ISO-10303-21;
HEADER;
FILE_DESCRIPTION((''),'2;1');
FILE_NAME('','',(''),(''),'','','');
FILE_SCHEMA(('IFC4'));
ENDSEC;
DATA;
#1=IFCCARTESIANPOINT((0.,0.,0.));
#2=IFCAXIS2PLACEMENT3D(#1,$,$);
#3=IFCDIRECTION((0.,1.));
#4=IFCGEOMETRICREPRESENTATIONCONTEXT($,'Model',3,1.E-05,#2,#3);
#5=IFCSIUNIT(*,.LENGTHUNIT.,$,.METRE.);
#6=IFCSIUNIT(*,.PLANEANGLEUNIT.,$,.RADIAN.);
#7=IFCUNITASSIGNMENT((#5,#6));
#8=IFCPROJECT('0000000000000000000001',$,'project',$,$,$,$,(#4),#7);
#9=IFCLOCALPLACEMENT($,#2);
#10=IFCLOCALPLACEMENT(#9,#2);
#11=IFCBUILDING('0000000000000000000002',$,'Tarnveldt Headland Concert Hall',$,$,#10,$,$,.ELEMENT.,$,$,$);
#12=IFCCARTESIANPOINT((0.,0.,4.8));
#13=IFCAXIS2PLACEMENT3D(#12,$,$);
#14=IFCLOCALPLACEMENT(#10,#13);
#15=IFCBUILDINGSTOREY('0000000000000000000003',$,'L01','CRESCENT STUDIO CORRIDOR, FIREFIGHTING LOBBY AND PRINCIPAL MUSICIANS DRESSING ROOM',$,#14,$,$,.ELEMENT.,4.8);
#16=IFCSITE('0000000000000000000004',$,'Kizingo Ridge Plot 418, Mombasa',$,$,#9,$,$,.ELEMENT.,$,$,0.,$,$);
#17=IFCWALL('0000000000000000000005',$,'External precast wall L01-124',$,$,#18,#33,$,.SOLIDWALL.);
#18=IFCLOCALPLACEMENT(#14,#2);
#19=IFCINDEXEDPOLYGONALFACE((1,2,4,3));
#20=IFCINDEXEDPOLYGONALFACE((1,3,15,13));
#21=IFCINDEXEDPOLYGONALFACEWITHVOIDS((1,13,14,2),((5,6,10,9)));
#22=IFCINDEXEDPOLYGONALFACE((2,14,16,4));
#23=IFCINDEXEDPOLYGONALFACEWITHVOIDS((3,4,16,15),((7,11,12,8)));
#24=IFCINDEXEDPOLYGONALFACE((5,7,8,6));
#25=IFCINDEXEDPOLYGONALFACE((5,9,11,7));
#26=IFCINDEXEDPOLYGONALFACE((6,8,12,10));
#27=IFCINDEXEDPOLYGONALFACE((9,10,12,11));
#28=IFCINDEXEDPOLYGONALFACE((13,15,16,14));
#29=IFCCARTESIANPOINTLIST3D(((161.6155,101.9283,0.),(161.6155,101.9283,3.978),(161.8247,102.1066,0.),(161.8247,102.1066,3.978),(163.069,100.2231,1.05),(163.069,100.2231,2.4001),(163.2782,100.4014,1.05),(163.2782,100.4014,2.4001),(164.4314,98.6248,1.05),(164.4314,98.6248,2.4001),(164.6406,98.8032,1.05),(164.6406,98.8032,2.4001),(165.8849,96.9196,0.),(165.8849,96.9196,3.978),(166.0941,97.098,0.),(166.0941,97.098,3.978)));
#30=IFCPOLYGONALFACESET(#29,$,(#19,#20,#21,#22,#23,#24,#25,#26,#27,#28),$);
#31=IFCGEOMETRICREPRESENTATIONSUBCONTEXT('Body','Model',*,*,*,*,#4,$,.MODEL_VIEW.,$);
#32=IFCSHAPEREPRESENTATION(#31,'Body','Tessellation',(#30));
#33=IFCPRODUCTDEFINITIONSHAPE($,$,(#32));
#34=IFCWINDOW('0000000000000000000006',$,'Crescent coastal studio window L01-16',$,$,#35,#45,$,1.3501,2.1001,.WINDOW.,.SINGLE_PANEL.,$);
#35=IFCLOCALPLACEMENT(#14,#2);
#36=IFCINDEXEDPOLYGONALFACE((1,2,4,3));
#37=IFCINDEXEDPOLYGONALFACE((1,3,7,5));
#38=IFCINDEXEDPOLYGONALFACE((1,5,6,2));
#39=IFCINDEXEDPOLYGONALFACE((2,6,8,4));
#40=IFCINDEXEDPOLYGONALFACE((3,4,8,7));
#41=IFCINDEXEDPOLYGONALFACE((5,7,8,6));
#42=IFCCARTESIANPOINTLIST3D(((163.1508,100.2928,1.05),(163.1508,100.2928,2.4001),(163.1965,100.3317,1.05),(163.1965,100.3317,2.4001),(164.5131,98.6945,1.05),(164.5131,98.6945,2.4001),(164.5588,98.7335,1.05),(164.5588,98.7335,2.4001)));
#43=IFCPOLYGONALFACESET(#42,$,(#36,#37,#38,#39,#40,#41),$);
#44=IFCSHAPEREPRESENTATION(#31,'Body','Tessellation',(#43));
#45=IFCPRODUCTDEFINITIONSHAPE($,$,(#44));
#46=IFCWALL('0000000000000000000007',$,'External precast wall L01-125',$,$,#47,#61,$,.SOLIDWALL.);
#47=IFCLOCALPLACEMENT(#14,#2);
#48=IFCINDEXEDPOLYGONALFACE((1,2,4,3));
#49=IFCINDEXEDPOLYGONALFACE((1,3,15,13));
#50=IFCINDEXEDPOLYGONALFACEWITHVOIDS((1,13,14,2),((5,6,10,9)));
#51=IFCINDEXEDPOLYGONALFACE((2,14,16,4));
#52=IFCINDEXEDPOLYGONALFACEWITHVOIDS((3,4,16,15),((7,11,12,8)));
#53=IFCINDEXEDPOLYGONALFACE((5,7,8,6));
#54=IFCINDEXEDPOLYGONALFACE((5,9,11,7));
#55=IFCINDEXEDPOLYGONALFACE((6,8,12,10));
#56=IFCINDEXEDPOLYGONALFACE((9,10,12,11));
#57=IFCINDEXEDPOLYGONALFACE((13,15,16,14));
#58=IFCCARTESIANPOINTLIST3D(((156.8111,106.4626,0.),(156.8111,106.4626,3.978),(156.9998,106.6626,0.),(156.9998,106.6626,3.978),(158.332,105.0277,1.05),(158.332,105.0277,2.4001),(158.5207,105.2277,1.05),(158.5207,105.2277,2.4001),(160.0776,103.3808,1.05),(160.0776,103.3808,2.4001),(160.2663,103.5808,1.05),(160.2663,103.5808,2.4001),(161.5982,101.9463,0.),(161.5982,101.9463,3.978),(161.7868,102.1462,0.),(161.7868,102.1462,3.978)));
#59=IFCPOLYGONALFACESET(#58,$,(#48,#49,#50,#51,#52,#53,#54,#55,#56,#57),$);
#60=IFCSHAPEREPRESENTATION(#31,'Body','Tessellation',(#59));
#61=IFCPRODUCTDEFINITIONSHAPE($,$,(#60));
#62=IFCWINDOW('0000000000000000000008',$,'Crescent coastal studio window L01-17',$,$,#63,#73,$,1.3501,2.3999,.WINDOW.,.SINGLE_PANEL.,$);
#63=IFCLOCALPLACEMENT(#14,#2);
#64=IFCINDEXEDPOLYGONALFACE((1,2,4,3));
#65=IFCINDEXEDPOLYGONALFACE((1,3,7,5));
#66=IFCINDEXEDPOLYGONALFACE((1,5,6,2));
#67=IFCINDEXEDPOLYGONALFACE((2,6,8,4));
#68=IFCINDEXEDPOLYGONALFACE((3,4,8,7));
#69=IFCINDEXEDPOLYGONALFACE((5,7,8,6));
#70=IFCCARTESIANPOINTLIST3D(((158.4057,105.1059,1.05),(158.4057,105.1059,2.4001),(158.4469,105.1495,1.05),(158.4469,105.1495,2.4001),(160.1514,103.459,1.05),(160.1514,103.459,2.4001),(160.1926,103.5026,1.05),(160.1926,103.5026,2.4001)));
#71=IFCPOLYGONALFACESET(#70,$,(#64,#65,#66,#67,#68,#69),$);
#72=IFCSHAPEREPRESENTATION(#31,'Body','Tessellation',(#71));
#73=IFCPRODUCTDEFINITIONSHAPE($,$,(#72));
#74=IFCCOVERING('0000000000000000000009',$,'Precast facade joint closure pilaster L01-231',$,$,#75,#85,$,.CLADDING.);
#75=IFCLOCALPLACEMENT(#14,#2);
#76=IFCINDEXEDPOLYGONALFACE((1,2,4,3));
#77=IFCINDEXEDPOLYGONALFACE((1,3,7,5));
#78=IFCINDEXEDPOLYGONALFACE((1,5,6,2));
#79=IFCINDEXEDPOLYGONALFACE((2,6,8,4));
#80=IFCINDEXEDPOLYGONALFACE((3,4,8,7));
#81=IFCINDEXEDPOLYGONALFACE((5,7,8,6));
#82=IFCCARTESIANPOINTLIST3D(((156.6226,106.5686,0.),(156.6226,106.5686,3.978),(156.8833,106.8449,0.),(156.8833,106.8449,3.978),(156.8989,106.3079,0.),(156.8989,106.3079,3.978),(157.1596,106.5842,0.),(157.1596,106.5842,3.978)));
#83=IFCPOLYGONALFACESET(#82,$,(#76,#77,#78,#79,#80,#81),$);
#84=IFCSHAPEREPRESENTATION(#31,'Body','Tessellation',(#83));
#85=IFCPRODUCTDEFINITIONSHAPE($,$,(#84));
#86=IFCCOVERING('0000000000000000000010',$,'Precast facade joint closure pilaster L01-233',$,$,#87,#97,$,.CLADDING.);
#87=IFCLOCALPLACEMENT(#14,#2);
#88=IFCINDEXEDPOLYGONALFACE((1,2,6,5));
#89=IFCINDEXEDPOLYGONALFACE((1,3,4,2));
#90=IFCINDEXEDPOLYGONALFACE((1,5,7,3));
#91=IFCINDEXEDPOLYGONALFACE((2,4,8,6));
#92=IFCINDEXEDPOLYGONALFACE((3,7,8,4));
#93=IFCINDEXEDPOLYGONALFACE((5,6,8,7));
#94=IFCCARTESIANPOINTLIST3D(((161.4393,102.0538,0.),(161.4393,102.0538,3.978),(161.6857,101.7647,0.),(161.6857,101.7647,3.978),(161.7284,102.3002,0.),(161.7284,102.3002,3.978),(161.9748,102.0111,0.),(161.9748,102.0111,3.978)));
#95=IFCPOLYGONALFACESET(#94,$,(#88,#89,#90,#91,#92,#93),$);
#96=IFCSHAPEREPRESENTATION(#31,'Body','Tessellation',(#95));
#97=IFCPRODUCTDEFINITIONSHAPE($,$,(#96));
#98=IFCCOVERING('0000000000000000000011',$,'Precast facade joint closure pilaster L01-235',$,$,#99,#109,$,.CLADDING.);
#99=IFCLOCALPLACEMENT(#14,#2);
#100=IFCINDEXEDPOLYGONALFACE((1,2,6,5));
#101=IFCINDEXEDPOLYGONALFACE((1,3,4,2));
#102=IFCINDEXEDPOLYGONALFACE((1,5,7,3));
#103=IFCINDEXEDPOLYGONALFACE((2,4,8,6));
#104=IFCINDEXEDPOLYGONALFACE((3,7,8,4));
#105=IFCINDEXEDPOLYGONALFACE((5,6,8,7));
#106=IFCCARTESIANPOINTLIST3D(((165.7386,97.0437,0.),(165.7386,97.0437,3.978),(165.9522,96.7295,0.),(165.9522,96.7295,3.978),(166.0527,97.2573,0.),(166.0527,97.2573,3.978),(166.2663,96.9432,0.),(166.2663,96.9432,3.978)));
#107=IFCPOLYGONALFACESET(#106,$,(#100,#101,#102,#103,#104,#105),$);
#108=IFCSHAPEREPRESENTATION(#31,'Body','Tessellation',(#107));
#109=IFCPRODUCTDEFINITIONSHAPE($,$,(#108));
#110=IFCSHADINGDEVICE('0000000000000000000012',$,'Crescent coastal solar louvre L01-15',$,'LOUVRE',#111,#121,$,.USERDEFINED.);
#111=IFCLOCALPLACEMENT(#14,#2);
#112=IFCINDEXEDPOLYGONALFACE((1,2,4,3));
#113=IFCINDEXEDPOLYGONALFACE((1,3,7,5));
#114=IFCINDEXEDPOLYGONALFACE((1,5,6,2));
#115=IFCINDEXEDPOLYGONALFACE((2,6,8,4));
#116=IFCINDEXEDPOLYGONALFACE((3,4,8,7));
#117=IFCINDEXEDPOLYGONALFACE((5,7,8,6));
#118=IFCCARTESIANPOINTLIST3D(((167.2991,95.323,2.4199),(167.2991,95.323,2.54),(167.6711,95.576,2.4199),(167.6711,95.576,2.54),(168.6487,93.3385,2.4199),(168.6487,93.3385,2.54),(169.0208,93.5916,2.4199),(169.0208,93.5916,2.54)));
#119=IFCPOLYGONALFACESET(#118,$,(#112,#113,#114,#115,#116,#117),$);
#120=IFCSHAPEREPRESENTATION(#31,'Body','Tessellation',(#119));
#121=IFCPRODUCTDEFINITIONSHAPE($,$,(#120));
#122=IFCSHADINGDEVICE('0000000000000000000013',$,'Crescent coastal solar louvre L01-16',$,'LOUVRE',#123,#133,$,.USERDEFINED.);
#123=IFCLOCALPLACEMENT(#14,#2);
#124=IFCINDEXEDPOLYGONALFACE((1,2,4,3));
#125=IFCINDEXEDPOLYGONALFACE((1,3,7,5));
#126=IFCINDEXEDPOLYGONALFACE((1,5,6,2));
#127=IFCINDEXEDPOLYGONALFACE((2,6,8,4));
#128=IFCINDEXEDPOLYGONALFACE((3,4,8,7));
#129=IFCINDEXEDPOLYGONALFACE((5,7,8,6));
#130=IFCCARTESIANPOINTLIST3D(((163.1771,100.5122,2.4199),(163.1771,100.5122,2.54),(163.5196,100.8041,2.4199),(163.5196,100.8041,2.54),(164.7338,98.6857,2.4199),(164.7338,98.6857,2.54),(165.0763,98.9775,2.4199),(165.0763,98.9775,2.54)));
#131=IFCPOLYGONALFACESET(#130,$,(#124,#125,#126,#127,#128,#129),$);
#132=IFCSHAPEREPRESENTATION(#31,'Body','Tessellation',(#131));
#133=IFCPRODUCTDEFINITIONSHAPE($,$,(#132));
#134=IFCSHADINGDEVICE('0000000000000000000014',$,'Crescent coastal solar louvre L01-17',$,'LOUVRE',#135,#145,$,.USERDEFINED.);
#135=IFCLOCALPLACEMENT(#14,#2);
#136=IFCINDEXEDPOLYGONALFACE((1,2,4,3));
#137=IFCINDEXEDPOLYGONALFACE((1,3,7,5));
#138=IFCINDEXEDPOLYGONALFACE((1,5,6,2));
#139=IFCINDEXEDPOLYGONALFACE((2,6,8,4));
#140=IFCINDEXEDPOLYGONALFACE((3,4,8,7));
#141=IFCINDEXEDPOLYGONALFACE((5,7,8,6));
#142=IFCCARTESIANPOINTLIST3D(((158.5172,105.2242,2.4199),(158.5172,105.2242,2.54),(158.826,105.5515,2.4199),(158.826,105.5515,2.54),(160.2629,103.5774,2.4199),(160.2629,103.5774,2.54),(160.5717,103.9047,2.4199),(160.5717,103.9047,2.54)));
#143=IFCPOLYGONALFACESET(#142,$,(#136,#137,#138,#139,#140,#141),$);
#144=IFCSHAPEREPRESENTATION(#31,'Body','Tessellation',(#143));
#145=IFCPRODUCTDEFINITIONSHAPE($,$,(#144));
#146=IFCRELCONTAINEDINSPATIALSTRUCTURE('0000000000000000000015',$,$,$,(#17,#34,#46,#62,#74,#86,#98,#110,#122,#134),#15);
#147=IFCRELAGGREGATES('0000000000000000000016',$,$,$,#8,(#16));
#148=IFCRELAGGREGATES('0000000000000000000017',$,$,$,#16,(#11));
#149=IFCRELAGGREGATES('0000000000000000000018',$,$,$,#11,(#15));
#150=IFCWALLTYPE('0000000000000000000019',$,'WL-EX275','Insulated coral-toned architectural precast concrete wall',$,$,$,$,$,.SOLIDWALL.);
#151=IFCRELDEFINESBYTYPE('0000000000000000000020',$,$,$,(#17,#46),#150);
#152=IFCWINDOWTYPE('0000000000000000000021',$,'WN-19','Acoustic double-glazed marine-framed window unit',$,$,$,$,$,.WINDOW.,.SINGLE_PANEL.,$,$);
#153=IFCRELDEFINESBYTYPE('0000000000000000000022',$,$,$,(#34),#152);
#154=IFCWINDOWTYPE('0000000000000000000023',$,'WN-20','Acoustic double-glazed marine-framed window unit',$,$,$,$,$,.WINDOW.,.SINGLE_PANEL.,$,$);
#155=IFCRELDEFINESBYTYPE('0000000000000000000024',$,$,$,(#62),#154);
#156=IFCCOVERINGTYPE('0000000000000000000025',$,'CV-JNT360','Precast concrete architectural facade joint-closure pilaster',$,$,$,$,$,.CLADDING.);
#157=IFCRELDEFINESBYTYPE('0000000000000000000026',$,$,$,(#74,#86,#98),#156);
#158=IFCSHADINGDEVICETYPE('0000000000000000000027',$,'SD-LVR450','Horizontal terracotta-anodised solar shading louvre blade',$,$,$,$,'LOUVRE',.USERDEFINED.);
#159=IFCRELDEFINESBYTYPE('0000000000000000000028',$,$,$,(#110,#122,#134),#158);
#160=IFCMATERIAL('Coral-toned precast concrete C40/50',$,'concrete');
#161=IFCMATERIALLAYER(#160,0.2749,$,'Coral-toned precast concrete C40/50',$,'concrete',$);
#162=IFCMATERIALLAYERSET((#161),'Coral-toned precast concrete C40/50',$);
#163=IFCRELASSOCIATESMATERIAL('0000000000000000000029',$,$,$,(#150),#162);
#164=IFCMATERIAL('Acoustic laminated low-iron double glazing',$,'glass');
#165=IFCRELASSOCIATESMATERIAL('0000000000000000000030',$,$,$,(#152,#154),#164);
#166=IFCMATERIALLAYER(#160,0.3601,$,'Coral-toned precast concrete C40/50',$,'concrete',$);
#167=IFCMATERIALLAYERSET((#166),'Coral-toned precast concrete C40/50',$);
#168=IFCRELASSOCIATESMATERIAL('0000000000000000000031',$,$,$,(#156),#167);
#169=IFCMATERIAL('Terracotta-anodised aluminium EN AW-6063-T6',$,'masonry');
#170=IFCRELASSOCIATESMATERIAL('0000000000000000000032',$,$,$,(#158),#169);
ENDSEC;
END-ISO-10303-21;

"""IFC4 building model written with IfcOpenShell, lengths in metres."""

from ifc_helpers import new_model, si_unit, direction, frame, frame_2d, origin, origin_2d, place, context, subcontext, project, spatial, rectangle, extrude, material, layer, layer_set, type_object, element, fill, save


model = new_model("IFC4")

# Units and contexts
model_context = context("Model", 3, precision=1e-05, world=origin(), true_north=direction((0.0, 1.0)))
body_context = subcontext(model_context, "Body", "Model", "MODEL_VIEW")
ifc_project = project(units=[si_unit("LENGTHUNIT", "METRE"), si_unit("PLANEANGLEUNIT", "RADIAN")], contexts=[model_context])

# Site, building, storey
site_placement = place(None, origin())
site = spatial("IfcSite", under=ifc_project, at=site_placement, Name="Kizingo Ridge Plot 418, Mombasa", CompositionType="ELEMENT", RefElevation=0.0)
building_placement = place(site_placement, origin())
building = spatial("IfcBuilding", under=site, at=building_placement, Name="Tarnveldt Headland Concert Hall", CompositionType="ELEMENT")
storey_placement = place(building_placement, frame((0.0, 0.0, 4.8)))
storey = spatial("IfcBuildingStorey", under=building, at=storey_placement, Name="L01", Description="CRESCENT STUDIO CORRIDOR, FIREFIGHTING LOBBY AND PRINCIPAL MUSICIANS DRESSING ROOM", CompositionType="ELEMENT", Elevation=4.8)

# Walls, openings, windows
ifc_material_1 = material(Name="Coral-toned precast concrete C40/50", Category="concrete")
ifc_layer_1 = layer(ifc_material_1, 0.2749, Name="Coral-toned precast concrete C40/50", Category="concrete")
ifc_layer_set_1 = layer_set([ifc_layer_1], Name="Coral-toned precast concrete C40/50")
wall_type_1 = type_object("IfcWallType", Name="WL-EX275", Description="Insulated coral-toned architectural precast concrete wall", PredefinedType="SOLIDWALL", material=ifc_layer_set_1)
ifc_material_2 = material(Name="Acoustic laminated low-iron double glazing", Category="glass")
wall_1_placement = place(storey_placement, frame((161.7202, 102.0173, 0.0), z_axis=(0.0, 0.0, 1.0), x_axis=(0.648708, -0.761037, 0.0)))
wall_1 = element("IfcWall", 1, at=wall_1_placement, inside=storey, type_object=wall_type_1, Name="External precast wall L01-124", PredefinedType="SOLIDWALL", context=body_context, shape_type="SweptSolid", body=[
    extrude(rectangle(XDim=6.5813, YDim=0.2749, at=frame_2d((3.2905, 0.0))), origin(), (0.0, 0.0, 1.0), 3.978),
])
opening_1_placement = place(wall_1_placement, frame((2.2405, 0.0, 1.05)))
opening_1 = element("IfcOpeningElement", 2, at=opening_1_placement, cuts=wall_1, PredefinedType="OPENING", context=body_context, shape_type="SweptSolid", body=[
    extrude(rectangle(XDim=2.1001, YDim=1.3501, at=frame_2d((1.05, 0.675))), frame((0.0, 0.1475, 0.0), z_axis=(0.0, -1.0, 0.0), x_axis=(1.0, 0.0, 0.0)), (0.0, 0.0, 1.0), 0.2949),
])
window_type_1 = type_object("IfcWindowType", Name="WN-19", Description="Acoustic double-glazed marine-framed window unit", PartitioningType="SINGLE_PANEL", PredefinedType="WINDOW", material=ifc_material_2)
window_1_placement = place(opening_1_placement, origin())
window_1 = element("IfcWindow", 3, at=window_1_placement, inside=storey, type_object=window_type_1, Name="Crescent coastal studio window L01-16", OverallHeight=1.3501, OverallWidth=2.1001, PartitioningType="SINGLE_PANEL", PredefinedType="WINDOW", context=body_context, shape_type="SweptSolid", body=[
    extrude(rectangle(XDim=2.1001, YDim=1.3501, at=frame_2d((1.05, 0.675))), frame((0.0, 0.03, 0.0), z_axis=(0.0, -1.0, 0.0), x_axis=(1.0, 0.0, 0.0)), (0.0, 0.0, 1.0), 0.0601),
])
fill(opening_1, window_1)
wall_2_placement = place(storey_placement, frame((156.9055, 106.5625, 0.0), z_axis=(0.0, 0.0, 1.0), x_axis=(0.727377, -0.686238, 0.0)))
wall_2 = element("IfcWall", 4, at=wall_2_placement, inside=storey, type_object=wall_type_1, Name="External precast wall L01-125", PredefinedType="SOLIDWALL", context=body_context, shape_type="SweptSolid", body=[
    extrude(rectangle(XDim=6.5813, YDim=0.2749, at=frame_2d((3.2905, 0.0))), origin(), (0.0, 0.0, 1.0), 3.978),
])
opening_2_placement = place(wall_2_placement, frame((2.0908, 0.0, 1.05)))
opening_2 = element("IfcOpeningElement", 5, at=opening_2_placement, cuts=wall_2, PredefinedType="OPENING", context=body_context, shape_type="SweptSolid", body=[
    extrude(rectangle(XDim=2.3999, YDim=1.3501, at=frame_2d((1.2, 0.675))), frame((0.0, 0.1475, 0.0), z_axis=(0.0, -1.0, 0.0), x_axis=(1.0, 0.0, 0.0)), (0.0, 0.0, 1.0), 0.2949),
])
window_type_2 = type_object("IfcWindowType", Name="WN-20", Description="Acoustic double-glazed marine-framed window unit", PartitioningType="SINGLE_PANEL", PredefinedType="WINDOW", material=ifc_material_2)
window_2_placement = place(opening_2_placement, origin())
window_2 = element("IfcWindow", 6, at=window_2_placement, inside=storey, type_object=window_type_2, Name="Crescent coastal studio window L01-17", OverallHeight=1.3501, OverallWidth=2.3999, PartitioningType="SINGLE_PANEL", PredefinedType="WINDOW", context=body_context, shape_type="SweptSolid", body=[
    extrude(rectangle(XDim=2.3999, YDim=1.3501, at=frame_2d((1.2, 0.675))), frame((0.0, 0.03, 0.0), z_axis=(0.0, -1.0, 0.0), x_axis=(1.0, 0.0, 0.0)), (0.0, 0.0, 1.0), 0.0601),
])
fill(opening_2, window_2)

# Coverings
ifc_layer_2 = layer(ifc_material_1, 0.3601, Name="Coral-toned precast concrete C40/50", Category="concrete")
ifc_layer_set_2 = layer_set([ifc_layer_2], Name="Coral-toned precast concrete C40/50")
covering_type = type_object("IfcCoveringType", Name="CV-JNT360", Description="Precast concrete architectural facade joint-closure pilaster", PredefinedType="CLADDING", material=ifc_layer_set_2)
for number, where, z_axis, x_axis, name in (
    (7, (156.8911, 106.5764, 0.0), (0.0, 0.0, 1.0), (0.727414, -0.686199, 0.0), "Precast facade joint closure pilaster L01-231"),
    (8, (161.707, 102.0325, 0.0), (0.0, 0.0, 1.0), (0.648651, -0.761086, 0.0), "Precast facade joint closure pilaster L01-233"),
    (9, (166.0024, 96.9934, 0.0), (0.0, 0.0, 1.0), (0.562372, -0.826884, 0.0), "Precast facade joint closure pilaster L01-235"),
):
    element("IfcCovering", number, at=place(storey_placement, frame(where, z_axis=z_axis, x_axis=x_axis)), inside=storey, type_object=covering_type, Name=name, PredefinedType="CLADDING", context=body_context, shape_type="SweptSolid", body=[
        extrude(rectangle(XDim=0.3799, YDim=0.3799, at=origin_2d()), origin(), (0.0, 0.0, 1.0), 3.978),
    ])

# Shading devices
ifc_material_3 = material(Name="Terracotta-anodised aluminium EN AW-6063-T6", Category="masonry")
shading_device_type = type_object("IfcShadingDeviceType", Name="SD-LVR450", Description="Horizontal terracotta-anodised solar shading louvre blade", ElementType="LOUVRE", PredefinedType="USERDEFINED", material=ifc_material_3)
for number, where, z_axis, x_axis, name in (
    (10, (168.1599, 94.4573, 2.4199), (0.0, 0.0, 1.0), (0.826884, 0.562372, 0.0), "Crescent coastal solar louvre L01-15"),
    (11, (164.1267, 99.7449, 2.4199), (0.0, 0.0, 1.0), (0.761086, 0.648651, 0.0), "Crescent coastal solar louvre L01-16"),
    (12, (159.5444, 104.5645, 2.4199), (0.0, 0.0, 1.0), (0.686199, 0.727414, 0.0), "Crescent coastal solar louvre L01-17"),
):
    element("IfcShadingDevice", number, at=place(storey_placement, frame(where, z_axis=z_axis, x_axis=x_axis)), inside=storey, type_object=shading_device_type, Name=name, ObjectType="LOUVRE", PredefinedType="USERDEFINED", context=body_context, shape_type="SweptSolid", body=[
        extrude(rectangle(XDim=0.45, YDim=2.3999, at=origin_2d()), origin(), (0.0, 0.0, 1.0), 0.1201),
    ])

save(model, "model.ifc")
